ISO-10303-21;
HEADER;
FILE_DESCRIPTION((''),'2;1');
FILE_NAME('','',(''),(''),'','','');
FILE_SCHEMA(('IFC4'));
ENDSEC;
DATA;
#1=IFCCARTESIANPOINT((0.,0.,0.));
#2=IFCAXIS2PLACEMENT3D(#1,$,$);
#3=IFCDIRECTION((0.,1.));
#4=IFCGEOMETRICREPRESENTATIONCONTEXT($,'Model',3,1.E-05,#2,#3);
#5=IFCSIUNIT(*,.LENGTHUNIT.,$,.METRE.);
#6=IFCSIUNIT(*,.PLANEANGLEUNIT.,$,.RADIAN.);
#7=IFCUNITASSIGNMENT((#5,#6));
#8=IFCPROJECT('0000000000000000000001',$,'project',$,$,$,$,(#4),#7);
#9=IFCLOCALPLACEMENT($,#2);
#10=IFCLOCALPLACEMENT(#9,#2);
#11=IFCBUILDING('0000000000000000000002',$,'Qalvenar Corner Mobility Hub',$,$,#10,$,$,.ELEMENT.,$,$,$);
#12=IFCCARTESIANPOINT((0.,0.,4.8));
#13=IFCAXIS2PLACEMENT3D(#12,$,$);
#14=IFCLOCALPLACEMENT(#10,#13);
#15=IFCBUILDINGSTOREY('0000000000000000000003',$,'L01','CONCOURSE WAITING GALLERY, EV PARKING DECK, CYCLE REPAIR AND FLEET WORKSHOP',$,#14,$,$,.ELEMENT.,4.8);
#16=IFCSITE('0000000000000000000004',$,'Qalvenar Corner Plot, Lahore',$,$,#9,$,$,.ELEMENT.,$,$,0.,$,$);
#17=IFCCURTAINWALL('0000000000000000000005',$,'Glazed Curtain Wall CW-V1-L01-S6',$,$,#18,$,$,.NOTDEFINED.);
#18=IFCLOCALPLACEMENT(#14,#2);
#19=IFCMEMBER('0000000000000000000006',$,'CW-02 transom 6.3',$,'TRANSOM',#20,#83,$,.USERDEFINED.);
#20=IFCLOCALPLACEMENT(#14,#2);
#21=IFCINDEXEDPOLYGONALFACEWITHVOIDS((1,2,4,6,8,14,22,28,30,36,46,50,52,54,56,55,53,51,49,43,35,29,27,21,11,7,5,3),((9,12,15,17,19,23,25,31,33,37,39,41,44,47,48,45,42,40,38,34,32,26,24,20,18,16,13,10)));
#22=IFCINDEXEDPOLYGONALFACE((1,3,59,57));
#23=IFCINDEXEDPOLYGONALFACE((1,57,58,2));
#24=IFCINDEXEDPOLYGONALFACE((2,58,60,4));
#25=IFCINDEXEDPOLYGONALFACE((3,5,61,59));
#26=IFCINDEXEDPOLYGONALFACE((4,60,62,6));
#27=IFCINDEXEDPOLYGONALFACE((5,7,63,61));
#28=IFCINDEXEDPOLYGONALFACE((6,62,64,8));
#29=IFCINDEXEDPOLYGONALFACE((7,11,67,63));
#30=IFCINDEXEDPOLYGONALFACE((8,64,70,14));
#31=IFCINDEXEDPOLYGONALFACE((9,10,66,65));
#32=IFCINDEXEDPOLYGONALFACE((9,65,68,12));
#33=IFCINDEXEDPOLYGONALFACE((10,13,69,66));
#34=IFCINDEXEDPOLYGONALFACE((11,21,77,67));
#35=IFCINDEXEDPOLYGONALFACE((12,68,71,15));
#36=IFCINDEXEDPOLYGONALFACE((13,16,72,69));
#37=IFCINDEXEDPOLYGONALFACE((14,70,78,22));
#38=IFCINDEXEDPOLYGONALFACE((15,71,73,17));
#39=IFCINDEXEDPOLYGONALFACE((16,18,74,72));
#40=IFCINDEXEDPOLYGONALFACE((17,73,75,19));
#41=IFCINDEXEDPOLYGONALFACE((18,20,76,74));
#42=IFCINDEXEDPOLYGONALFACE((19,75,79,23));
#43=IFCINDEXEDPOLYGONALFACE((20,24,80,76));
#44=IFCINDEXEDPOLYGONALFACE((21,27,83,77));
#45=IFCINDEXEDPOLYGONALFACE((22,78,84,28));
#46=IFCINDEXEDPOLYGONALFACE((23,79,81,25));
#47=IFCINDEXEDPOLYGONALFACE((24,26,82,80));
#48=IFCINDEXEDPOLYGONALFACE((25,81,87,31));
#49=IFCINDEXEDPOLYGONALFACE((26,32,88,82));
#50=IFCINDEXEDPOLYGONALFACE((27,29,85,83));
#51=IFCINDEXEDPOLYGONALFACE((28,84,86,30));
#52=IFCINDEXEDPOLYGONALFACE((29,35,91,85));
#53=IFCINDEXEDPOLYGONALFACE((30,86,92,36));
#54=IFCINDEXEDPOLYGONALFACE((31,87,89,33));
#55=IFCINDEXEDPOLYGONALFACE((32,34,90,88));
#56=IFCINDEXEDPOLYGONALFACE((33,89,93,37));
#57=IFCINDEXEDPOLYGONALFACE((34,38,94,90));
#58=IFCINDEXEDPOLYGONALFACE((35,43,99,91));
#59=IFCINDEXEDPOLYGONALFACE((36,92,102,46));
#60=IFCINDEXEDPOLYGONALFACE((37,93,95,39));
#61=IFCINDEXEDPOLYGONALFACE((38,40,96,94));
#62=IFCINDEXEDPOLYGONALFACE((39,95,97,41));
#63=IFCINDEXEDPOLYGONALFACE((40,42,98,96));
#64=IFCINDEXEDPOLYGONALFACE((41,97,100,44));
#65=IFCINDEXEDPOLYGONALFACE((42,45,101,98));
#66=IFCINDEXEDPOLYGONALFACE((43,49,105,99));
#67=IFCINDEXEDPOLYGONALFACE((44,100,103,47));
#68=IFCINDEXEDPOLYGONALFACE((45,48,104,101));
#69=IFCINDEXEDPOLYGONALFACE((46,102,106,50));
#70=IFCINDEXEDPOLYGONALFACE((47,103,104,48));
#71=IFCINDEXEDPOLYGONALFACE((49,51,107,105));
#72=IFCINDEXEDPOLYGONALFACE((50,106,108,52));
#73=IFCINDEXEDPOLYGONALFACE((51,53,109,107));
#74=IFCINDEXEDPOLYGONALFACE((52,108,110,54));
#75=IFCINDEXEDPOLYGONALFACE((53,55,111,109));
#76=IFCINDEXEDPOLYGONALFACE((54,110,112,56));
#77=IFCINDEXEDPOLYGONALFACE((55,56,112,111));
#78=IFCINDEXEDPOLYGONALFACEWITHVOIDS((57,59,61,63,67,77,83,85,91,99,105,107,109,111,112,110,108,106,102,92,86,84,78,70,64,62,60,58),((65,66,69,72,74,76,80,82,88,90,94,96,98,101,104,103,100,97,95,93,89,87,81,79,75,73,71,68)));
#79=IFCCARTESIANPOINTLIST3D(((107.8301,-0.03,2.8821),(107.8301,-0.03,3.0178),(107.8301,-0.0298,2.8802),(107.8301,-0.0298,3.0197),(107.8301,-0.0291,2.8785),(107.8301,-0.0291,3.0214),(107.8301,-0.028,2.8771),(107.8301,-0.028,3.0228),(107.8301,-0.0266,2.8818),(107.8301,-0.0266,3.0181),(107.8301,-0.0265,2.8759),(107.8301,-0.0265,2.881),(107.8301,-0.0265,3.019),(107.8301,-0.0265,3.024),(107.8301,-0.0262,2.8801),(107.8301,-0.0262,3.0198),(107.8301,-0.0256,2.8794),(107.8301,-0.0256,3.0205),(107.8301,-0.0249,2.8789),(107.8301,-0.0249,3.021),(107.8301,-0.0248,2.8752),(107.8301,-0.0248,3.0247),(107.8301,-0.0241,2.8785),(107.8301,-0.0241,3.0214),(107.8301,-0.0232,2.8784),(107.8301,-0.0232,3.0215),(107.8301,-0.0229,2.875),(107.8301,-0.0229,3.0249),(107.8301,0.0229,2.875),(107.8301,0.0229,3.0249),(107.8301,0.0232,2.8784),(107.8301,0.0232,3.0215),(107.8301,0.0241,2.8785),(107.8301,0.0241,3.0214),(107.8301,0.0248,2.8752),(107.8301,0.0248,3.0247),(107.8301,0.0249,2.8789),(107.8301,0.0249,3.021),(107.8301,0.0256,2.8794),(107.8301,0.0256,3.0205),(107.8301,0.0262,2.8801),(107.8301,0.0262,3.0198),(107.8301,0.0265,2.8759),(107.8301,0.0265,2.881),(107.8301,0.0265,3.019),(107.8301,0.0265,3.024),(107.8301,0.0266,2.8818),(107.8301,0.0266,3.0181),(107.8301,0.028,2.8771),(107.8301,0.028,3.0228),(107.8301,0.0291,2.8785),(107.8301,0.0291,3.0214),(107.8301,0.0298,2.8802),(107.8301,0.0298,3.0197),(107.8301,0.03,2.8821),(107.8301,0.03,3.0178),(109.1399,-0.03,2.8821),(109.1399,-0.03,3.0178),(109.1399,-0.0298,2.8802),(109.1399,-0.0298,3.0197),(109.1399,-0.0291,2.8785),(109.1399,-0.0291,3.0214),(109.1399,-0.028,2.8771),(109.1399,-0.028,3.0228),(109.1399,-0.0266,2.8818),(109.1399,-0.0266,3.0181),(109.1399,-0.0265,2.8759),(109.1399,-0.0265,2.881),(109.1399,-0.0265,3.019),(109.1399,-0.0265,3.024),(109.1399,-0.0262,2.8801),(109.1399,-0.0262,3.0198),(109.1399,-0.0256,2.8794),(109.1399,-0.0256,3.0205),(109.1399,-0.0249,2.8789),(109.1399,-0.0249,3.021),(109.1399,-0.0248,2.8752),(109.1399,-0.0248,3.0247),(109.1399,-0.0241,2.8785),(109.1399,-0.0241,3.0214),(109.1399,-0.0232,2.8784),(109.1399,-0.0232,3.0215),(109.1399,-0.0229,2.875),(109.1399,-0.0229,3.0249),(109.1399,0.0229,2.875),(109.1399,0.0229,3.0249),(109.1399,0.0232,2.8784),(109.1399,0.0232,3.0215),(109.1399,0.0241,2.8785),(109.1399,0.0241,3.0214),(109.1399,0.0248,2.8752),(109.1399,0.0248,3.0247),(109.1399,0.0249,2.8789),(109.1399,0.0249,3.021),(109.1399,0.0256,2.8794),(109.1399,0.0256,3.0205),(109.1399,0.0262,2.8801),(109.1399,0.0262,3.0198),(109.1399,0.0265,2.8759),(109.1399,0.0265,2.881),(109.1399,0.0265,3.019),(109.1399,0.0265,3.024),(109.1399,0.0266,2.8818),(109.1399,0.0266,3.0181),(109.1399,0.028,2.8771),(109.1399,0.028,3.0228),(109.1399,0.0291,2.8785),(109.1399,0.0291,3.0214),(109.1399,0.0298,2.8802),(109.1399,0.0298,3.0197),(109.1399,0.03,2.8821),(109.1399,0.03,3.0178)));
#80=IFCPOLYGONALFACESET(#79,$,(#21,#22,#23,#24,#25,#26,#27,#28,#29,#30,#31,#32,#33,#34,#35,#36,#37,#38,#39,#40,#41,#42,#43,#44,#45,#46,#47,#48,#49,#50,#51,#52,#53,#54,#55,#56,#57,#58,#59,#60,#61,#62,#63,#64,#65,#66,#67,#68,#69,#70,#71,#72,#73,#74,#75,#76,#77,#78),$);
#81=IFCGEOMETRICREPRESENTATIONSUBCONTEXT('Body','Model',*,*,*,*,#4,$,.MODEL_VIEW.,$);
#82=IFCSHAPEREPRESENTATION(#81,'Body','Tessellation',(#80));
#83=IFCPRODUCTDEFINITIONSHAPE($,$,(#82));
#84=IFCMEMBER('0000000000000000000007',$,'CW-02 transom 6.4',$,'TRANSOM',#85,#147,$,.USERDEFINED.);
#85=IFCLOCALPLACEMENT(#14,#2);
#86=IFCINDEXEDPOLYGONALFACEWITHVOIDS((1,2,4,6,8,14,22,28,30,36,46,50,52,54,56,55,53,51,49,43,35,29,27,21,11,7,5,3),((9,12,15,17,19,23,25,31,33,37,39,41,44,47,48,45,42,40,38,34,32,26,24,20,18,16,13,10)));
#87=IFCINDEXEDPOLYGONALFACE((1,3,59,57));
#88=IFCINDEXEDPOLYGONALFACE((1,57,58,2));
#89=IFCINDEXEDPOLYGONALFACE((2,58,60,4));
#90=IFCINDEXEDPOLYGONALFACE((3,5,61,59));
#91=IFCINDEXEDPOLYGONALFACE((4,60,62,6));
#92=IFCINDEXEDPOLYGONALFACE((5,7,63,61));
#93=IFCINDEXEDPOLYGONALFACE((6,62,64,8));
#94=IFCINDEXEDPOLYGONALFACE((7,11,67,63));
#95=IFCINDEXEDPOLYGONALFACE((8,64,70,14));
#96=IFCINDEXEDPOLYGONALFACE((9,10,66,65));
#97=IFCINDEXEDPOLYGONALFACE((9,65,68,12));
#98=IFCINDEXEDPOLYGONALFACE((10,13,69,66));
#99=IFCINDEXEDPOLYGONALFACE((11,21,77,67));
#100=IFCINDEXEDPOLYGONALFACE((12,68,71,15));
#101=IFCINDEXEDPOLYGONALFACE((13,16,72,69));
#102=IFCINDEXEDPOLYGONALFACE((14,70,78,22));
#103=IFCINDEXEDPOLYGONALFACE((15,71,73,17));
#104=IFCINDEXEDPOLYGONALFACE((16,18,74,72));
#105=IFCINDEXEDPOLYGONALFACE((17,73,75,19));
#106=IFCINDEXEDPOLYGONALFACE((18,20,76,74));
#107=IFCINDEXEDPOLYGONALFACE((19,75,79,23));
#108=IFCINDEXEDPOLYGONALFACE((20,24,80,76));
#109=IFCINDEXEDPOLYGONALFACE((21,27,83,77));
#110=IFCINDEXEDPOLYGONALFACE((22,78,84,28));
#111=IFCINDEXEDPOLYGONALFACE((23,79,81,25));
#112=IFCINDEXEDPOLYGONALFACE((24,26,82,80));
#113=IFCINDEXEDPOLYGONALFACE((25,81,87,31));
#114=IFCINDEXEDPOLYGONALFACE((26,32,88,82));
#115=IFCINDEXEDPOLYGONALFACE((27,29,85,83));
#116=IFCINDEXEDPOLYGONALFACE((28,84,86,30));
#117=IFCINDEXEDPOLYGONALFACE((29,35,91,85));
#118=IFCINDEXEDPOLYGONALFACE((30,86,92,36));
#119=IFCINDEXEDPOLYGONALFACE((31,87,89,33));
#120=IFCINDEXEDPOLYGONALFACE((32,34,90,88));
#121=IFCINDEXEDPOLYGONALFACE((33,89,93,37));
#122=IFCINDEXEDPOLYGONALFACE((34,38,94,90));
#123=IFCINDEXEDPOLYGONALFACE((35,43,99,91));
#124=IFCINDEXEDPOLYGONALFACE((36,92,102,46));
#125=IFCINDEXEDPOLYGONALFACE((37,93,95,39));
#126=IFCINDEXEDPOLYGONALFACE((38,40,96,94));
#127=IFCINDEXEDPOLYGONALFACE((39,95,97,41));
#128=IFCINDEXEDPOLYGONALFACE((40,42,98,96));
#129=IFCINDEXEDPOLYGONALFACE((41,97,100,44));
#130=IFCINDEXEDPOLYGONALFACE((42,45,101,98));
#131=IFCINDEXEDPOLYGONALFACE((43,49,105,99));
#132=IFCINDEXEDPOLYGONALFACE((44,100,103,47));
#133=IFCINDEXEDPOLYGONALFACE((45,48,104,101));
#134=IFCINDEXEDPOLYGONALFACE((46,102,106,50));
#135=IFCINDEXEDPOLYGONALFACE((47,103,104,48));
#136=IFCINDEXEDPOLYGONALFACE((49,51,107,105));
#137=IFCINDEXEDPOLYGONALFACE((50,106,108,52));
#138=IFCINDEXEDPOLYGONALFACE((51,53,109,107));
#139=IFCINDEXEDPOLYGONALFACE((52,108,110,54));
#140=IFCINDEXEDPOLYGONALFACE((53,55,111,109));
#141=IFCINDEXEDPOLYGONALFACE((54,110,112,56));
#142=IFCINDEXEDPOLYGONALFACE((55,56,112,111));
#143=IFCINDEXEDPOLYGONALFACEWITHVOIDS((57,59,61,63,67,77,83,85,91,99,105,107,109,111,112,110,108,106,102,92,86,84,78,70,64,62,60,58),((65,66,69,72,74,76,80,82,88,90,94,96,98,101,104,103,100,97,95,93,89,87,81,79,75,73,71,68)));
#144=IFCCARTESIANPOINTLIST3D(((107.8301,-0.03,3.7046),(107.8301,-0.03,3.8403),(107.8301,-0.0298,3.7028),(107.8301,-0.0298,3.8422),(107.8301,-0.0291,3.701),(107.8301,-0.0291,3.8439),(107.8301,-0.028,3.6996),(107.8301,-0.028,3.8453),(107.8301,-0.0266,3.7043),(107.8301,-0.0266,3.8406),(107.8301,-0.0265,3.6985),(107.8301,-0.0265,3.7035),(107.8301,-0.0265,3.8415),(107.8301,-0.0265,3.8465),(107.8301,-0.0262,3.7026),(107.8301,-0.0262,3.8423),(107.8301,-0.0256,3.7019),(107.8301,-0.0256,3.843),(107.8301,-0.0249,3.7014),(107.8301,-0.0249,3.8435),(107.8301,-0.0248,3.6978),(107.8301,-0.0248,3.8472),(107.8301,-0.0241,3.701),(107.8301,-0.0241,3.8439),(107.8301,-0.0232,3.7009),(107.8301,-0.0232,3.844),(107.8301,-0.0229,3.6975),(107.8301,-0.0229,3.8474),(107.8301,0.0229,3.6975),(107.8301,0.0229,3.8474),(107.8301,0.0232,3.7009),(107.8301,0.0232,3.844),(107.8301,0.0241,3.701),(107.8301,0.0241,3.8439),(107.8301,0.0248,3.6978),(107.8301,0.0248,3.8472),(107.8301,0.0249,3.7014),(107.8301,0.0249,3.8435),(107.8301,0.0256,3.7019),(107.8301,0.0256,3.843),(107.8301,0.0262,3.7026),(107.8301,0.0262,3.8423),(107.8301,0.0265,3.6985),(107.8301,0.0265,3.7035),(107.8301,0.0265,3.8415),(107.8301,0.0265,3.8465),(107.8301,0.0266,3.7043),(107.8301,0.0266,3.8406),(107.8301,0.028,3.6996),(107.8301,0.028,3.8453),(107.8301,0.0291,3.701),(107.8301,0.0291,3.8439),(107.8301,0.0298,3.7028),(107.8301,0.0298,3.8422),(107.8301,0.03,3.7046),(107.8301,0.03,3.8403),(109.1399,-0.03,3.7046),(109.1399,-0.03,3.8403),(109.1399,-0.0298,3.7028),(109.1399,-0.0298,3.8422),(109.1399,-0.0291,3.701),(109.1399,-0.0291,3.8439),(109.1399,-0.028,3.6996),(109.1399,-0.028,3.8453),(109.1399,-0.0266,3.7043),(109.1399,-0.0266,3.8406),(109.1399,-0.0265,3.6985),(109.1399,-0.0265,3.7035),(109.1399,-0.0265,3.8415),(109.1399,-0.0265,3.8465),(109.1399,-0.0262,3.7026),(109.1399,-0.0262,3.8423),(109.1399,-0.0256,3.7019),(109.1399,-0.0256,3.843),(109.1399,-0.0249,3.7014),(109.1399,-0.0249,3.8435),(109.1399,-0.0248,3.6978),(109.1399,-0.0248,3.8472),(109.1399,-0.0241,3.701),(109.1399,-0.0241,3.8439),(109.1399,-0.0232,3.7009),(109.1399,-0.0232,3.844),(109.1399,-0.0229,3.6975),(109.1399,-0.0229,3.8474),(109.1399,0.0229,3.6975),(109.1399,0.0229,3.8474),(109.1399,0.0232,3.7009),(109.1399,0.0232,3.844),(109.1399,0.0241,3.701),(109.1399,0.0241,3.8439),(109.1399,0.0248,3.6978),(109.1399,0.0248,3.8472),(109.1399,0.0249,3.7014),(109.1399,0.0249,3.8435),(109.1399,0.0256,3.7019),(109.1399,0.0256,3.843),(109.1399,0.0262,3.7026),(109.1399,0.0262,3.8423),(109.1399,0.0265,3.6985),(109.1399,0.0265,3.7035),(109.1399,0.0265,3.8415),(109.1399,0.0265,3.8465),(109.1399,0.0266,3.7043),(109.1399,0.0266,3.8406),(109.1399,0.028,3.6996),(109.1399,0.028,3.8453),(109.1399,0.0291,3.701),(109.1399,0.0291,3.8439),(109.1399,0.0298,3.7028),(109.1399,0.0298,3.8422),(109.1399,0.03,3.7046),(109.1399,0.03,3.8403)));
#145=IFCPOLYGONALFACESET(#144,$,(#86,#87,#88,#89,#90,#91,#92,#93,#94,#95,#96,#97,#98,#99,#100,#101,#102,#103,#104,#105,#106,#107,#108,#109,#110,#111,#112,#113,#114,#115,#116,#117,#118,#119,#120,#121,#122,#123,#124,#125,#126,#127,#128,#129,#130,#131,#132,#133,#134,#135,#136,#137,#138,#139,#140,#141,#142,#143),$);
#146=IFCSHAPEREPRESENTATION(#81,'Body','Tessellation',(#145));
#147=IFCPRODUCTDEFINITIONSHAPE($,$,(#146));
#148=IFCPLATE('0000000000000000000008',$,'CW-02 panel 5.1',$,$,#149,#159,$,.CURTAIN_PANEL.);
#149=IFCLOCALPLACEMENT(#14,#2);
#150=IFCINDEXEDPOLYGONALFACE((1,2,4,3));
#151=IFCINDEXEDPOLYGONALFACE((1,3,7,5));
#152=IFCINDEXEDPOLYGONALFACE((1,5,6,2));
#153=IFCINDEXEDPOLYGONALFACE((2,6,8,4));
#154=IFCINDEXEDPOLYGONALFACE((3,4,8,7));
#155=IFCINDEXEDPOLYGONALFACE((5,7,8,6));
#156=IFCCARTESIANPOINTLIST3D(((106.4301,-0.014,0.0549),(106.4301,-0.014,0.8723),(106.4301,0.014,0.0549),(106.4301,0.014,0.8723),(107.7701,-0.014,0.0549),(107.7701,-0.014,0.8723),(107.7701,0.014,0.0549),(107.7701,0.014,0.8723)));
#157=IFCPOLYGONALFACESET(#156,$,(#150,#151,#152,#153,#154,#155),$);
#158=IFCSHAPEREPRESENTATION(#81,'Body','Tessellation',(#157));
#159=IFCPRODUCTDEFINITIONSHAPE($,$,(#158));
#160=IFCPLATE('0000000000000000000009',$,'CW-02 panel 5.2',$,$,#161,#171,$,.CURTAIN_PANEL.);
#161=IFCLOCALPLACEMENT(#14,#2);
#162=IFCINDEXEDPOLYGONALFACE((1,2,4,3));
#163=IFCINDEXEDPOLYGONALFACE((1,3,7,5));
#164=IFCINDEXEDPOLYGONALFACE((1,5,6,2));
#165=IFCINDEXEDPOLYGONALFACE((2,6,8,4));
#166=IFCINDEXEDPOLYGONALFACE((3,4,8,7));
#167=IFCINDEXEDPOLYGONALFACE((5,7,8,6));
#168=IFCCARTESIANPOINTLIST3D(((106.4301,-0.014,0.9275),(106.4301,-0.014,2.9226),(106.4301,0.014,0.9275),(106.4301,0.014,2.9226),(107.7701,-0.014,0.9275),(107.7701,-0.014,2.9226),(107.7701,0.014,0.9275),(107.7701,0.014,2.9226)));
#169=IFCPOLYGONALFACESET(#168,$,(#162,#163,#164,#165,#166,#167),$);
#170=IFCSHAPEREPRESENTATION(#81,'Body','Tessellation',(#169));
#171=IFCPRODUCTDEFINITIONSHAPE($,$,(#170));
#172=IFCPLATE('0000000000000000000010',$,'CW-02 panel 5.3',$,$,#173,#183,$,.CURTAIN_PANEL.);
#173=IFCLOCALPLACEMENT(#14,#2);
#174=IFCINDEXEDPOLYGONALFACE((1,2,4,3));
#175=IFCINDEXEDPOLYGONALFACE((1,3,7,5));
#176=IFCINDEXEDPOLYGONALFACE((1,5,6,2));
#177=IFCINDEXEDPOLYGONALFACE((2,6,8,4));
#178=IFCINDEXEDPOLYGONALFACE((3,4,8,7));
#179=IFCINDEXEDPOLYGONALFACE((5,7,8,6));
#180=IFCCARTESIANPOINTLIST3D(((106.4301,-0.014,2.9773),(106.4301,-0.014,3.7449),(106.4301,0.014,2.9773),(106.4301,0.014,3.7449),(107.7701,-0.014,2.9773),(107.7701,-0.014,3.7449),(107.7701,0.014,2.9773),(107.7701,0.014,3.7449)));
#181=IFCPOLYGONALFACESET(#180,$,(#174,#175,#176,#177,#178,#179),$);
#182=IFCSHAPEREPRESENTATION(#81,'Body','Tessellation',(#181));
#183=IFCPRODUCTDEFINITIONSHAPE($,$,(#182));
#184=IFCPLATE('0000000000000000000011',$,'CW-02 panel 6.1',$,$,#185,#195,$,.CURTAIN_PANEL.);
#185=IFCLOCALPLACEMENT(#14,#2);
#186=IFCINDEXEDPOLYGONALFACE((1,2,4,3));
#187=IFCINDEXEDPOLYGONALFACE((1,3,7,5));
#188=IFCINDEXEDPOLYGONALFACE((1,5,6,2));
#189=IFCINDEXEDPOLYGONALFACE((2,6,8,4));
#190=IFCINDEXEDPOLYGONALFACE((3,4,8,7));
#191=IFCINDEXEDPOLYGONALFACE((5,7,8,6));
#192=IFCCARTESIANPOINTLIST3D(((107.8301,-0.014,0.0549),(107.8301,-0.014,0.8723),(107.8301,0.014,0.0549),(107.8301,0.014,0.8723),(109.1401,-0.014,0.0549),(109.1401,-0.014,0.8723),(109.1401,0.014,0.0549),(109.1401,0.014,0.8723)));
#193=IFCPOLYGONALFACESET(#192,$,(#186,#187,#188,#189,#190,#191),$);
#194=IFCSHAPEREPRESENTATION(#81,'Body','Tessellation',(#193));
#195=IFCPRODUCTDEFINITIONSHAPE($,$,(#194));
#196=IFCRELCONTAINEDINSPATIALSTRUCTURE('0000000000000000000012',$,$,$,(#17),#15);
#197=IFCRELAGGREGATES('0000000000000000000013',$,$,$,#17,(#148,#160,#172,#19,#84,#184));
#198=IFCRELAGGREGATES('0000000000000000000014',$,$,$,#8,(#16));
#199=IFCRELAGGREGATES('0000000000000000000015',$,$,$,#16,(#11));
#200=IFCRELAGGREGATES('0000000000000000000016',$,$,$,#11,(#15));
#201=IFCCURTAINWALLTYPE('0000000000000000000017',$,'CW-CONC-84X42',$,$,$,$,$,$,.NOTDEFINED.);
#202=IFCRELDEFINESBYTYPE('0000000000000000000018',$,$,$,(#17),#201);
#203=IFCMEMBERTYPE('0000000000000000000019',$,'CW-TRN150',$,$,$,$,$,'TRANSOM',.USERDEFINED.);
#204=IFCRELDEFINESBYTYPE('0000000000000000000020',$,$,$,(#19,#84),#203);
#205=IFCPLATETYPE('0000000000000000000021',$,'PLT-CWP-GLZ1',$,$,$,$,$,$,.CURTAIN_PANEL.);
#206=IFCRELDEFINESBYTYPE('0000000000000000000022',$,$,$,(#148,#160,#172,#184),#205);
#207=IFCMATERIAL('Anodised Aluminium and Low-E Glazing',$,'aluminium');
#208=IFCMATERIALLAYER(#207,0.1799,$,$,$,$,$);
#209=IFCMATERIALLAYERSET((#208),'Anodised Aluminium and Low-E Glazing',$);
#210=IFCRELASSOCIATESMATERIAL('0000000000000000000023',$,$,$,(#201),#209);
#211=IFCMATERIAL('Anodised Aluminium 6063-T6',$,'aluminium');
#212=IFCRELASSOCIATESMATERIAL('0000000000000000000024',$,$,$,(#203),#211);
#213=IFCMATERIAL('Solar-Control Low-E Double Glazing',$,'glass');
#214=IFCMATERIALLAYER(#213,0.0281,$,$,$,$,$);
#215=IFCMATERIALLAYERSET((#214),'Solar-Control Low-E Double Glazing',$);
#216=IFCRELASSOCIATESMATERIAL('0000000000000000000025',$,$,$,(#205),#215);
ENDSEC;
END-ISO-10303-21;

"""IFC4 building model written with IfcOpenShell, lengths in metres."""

from ifc_helpers import new_model, si_unit, direction, frame, origin, origin_2d, place, context, subcontext, project, spatial, rectangle, hollow_rectangle, extrude, material, layer, layer_set, material_profile, profile_set, type_object, element, aggregate, save


model = new_model("IFC4")

# Units and contexts
model_context = context("Model", 3, precision=1e-05, world=origin(), true_north=direction((0.0, 1.0)))
body_context = subcontext(model_context, "Body", "Model", "MODEL_VIEW")
ifc_project = project(units=[si_unit("LENGTHUNIT", "METRE"), si_unit("PLANEANGLEUNIT", "RADIAN")], contexts=[model_context])

# Site, building, storey
site_placement = place(None, origin())
site = spatial("IfcSite", under=ifc_project, at=site_placement, Name="Qalvenar Corner Plot, Lahore", CompositionType="ELEMENT", RefElevation=0.0)
building_placement = place(site_placement, origin())
building = spatial("IfcBuilding", under=site, at=building_placement, Name="Qalvenar Corner Mobility Hub", CompositionType="ELEMENT")
storey_placement = place(building_placement, frame((0.0, 0.0, 4.8)))
storey = spatial("IfcBuildingStorey", under=building, at=storey_placement, Name="L01", Description="CONCOURSE WAITING GALLERY, EV PARKING DECK, CYCLE REPAIR AND FLEET WORKSHOP", CompositionType="ELEMENT", Elevation=4.8)

# Curtain wall, members, plates
ifc_material_1 = material(Name="Anodised Aluminium and Low-E Glazing", Category="aluminium")
ifc_layer_1 = layer(ifc_material_1, 0.1799)
ifc_layer_set_1 = layer_set([ifc_layer_1], Name="Anodised Aluminium and Low-E Glazing")
curtain_wall_type = type_object("IfcCurtainWallType", Name="CW-CONC-84X42", PredefinedType="NOTDEFINED", material=ifc_layer_set_1)
curtain_wall_placement = place(storey_placement, origin())
curtain_wall = element("IfcCurtainWall", 1, at=curtain_wall_placement, inside=storey, type_object=curtain_wall_type, Name="Glazed Curtain Wall CW-V1-L01-S6", PredefinedType="NOTDEFINED")
ifc_material_2 = material(Name="Anodised Aluminium 6063-T6", Category="aluminium")
ifc_material_profile_1 = material_profile(ifc_material_2, hollow_rectangle(XDim=0.0601, YDim=0.1499, WallThickness=0.0034, InnerFilletRadius=0.0034, OuterFilletRadius=0.0071, at=origin_2d()), Name="RHS150x60x3.5")
ifc_profile_set_1 = profile_set([ifc_material_profile_1], Name="Anodised Aluminium 6063-T6")
member_type_1 = type_object("IfcMemberType", Name="CW-TRN150", ElementType="TRANSOM", PredefinedType="USERDEFINED", material=ifc_profile_set_1)
member_1_placement = place(storey_placement, frame((107.8301, 0.0, 2.95), z_axis=(1.0, 0.0, 0.0), x_axis=(0.0, 1.0, 0.0)))
member_1 = element("IfcMember", 2, at=member_1_placement, type_object=member_type_1, Name="CW-02 transom 6.3", ObjectType="TRANSOM", PredefinedType="USERDEFINED", context=body_context, shape_type="SweptSolid", body=[
    extrude(hollow_rectangle(XDim=0.0601, YDim=0.1499, WallThickness=0.0034, InnerFilletRadius=0.0034, OuterFilletRadius=0.0071, at=origin_2d()), origin(), (0.0, 0.0, 1.0), 1.3098),
])
member_2_placement = place(storey_placement, frame((107.8301, 0.0, 3.7725), z_axis=(1.0, 0.0, 0.0), x_axis=(0.0, 1.0, 0.0)))
member_2 = element("IfcMember", 3, at=member_2_placement, type_object=member_type_1, Name="CW-02 transom 6.4", ObjectType="TRANSOM", PredefinedType="USERDEFINED", context=body_context, shape_type="SweptSolid", body=[
    extrude(hollow_rectangle(XDim=0.0601, YDim=0.1499, WallThickness=0.0034, InnerFilletRadius=0.0034, OuterFilletRadius=0.0071, at=origin_2d()), origin(), (0.0, 0.0, 1.0), 1.3098),
])
ifc_material_3 = material(Name="Solar-Control Low-E Double Glazing", Category="glass")
ifc_layer_2 = layer(ifc_material_3, 0.0281)
ifc_layer_set_2 = layer_set([ifc_layer_2], Name="Solar-Control Low-E Double Glazing")
plate_type = type_object("IfcPlateType", Name="PLT-CWP-GLZ1", PredefinedType="CURTAIN_PANEL", material=ifc_layer_set_2)
plate_1_placement = place(storey_placement, frame((107.1001, 0.0, 0.0549), z_axis=(0.0, 0.0, 1.0), x_axis=(1.0, 0.0, 0.0)))
plate_1 = element("IfcPlate", 4, at=plate_1_placement, type_object=plate_type, Name="CW-02 panel 5.1", PredefinedType="CURTAIN_PANEL", context=body_context, shape_type="SweptSolid", body=[
    extrude(rectangle(XDim=1.3401, YDim=0.0281, at=origin_2d()), origin(), (0.0, 0.0, 1.0), 0.8174),
])
plate_2_placement = place(storey_placement, frame((107.1001, 0.0, 0.9275), z_axis=(0.0, 0.0, 1.0), x_axis=(1.0, 0.0, 0.0)))
plate_2 = element("IfcPlate", 5, at=plate_2_placement, type_object=plate_type, Name="CW-02 panel 5.2", PredefinedType="CURTAIN_PANEL", context=body_context, shape_type="SweptSolid", body=[
    extrude(rectangle(XDim=1.3401, YDim=0.0281, at=origin_2d()), origin(), (0.0, 0.0, 1.0), 1.9951),
])
plate_3_placement = place(storey_placement, frame((107.1001, 0.0, 2.9773), z_axis=(0.0, 0.0, 1.0), x_axis=(1.0, 0.0, 0.0)))
plate_3 = element("IfcPlate", 6, at=plate_3_placement, type_object=plate_type, Name="CW-02 panel 5.3", PredefinedType="CURTAIN_PANEL", context=body_context, shape_type="SweptSolid", body=[
    extrude(rectangle(XDim=1.3401, YDim=0.0281, at=origin_2d()), origin(), (0.0, 0.0, 1.0), 0.7676),
])
plate_4_placement = place(storey_placement, frame((108.4851, 0.0, 0.0549), z_axis=(0.0, 0.0, 1.0), x_axis=(1.0, 0.0, 0.0)))
plate_4 = element("IfcPlate", 7, at=plate_4_placement, type_object=plate_type, Name="CW-02 panel 6.1", PredefinedType="CURTAIN_PANEL", context=body_context, shape_type="SweptSolid", body=[
    extrude(rectangle(XDim=1.3101, YDim=0.0281, at=origin_2d()), origin(), (0.0, 0.0, 1.0), 0.8174),
])
aggregate(curtain_wall, [plate_1, plate_2, plate_3, member_1, member_2, plate_4])

save(model, "model.ifc")
